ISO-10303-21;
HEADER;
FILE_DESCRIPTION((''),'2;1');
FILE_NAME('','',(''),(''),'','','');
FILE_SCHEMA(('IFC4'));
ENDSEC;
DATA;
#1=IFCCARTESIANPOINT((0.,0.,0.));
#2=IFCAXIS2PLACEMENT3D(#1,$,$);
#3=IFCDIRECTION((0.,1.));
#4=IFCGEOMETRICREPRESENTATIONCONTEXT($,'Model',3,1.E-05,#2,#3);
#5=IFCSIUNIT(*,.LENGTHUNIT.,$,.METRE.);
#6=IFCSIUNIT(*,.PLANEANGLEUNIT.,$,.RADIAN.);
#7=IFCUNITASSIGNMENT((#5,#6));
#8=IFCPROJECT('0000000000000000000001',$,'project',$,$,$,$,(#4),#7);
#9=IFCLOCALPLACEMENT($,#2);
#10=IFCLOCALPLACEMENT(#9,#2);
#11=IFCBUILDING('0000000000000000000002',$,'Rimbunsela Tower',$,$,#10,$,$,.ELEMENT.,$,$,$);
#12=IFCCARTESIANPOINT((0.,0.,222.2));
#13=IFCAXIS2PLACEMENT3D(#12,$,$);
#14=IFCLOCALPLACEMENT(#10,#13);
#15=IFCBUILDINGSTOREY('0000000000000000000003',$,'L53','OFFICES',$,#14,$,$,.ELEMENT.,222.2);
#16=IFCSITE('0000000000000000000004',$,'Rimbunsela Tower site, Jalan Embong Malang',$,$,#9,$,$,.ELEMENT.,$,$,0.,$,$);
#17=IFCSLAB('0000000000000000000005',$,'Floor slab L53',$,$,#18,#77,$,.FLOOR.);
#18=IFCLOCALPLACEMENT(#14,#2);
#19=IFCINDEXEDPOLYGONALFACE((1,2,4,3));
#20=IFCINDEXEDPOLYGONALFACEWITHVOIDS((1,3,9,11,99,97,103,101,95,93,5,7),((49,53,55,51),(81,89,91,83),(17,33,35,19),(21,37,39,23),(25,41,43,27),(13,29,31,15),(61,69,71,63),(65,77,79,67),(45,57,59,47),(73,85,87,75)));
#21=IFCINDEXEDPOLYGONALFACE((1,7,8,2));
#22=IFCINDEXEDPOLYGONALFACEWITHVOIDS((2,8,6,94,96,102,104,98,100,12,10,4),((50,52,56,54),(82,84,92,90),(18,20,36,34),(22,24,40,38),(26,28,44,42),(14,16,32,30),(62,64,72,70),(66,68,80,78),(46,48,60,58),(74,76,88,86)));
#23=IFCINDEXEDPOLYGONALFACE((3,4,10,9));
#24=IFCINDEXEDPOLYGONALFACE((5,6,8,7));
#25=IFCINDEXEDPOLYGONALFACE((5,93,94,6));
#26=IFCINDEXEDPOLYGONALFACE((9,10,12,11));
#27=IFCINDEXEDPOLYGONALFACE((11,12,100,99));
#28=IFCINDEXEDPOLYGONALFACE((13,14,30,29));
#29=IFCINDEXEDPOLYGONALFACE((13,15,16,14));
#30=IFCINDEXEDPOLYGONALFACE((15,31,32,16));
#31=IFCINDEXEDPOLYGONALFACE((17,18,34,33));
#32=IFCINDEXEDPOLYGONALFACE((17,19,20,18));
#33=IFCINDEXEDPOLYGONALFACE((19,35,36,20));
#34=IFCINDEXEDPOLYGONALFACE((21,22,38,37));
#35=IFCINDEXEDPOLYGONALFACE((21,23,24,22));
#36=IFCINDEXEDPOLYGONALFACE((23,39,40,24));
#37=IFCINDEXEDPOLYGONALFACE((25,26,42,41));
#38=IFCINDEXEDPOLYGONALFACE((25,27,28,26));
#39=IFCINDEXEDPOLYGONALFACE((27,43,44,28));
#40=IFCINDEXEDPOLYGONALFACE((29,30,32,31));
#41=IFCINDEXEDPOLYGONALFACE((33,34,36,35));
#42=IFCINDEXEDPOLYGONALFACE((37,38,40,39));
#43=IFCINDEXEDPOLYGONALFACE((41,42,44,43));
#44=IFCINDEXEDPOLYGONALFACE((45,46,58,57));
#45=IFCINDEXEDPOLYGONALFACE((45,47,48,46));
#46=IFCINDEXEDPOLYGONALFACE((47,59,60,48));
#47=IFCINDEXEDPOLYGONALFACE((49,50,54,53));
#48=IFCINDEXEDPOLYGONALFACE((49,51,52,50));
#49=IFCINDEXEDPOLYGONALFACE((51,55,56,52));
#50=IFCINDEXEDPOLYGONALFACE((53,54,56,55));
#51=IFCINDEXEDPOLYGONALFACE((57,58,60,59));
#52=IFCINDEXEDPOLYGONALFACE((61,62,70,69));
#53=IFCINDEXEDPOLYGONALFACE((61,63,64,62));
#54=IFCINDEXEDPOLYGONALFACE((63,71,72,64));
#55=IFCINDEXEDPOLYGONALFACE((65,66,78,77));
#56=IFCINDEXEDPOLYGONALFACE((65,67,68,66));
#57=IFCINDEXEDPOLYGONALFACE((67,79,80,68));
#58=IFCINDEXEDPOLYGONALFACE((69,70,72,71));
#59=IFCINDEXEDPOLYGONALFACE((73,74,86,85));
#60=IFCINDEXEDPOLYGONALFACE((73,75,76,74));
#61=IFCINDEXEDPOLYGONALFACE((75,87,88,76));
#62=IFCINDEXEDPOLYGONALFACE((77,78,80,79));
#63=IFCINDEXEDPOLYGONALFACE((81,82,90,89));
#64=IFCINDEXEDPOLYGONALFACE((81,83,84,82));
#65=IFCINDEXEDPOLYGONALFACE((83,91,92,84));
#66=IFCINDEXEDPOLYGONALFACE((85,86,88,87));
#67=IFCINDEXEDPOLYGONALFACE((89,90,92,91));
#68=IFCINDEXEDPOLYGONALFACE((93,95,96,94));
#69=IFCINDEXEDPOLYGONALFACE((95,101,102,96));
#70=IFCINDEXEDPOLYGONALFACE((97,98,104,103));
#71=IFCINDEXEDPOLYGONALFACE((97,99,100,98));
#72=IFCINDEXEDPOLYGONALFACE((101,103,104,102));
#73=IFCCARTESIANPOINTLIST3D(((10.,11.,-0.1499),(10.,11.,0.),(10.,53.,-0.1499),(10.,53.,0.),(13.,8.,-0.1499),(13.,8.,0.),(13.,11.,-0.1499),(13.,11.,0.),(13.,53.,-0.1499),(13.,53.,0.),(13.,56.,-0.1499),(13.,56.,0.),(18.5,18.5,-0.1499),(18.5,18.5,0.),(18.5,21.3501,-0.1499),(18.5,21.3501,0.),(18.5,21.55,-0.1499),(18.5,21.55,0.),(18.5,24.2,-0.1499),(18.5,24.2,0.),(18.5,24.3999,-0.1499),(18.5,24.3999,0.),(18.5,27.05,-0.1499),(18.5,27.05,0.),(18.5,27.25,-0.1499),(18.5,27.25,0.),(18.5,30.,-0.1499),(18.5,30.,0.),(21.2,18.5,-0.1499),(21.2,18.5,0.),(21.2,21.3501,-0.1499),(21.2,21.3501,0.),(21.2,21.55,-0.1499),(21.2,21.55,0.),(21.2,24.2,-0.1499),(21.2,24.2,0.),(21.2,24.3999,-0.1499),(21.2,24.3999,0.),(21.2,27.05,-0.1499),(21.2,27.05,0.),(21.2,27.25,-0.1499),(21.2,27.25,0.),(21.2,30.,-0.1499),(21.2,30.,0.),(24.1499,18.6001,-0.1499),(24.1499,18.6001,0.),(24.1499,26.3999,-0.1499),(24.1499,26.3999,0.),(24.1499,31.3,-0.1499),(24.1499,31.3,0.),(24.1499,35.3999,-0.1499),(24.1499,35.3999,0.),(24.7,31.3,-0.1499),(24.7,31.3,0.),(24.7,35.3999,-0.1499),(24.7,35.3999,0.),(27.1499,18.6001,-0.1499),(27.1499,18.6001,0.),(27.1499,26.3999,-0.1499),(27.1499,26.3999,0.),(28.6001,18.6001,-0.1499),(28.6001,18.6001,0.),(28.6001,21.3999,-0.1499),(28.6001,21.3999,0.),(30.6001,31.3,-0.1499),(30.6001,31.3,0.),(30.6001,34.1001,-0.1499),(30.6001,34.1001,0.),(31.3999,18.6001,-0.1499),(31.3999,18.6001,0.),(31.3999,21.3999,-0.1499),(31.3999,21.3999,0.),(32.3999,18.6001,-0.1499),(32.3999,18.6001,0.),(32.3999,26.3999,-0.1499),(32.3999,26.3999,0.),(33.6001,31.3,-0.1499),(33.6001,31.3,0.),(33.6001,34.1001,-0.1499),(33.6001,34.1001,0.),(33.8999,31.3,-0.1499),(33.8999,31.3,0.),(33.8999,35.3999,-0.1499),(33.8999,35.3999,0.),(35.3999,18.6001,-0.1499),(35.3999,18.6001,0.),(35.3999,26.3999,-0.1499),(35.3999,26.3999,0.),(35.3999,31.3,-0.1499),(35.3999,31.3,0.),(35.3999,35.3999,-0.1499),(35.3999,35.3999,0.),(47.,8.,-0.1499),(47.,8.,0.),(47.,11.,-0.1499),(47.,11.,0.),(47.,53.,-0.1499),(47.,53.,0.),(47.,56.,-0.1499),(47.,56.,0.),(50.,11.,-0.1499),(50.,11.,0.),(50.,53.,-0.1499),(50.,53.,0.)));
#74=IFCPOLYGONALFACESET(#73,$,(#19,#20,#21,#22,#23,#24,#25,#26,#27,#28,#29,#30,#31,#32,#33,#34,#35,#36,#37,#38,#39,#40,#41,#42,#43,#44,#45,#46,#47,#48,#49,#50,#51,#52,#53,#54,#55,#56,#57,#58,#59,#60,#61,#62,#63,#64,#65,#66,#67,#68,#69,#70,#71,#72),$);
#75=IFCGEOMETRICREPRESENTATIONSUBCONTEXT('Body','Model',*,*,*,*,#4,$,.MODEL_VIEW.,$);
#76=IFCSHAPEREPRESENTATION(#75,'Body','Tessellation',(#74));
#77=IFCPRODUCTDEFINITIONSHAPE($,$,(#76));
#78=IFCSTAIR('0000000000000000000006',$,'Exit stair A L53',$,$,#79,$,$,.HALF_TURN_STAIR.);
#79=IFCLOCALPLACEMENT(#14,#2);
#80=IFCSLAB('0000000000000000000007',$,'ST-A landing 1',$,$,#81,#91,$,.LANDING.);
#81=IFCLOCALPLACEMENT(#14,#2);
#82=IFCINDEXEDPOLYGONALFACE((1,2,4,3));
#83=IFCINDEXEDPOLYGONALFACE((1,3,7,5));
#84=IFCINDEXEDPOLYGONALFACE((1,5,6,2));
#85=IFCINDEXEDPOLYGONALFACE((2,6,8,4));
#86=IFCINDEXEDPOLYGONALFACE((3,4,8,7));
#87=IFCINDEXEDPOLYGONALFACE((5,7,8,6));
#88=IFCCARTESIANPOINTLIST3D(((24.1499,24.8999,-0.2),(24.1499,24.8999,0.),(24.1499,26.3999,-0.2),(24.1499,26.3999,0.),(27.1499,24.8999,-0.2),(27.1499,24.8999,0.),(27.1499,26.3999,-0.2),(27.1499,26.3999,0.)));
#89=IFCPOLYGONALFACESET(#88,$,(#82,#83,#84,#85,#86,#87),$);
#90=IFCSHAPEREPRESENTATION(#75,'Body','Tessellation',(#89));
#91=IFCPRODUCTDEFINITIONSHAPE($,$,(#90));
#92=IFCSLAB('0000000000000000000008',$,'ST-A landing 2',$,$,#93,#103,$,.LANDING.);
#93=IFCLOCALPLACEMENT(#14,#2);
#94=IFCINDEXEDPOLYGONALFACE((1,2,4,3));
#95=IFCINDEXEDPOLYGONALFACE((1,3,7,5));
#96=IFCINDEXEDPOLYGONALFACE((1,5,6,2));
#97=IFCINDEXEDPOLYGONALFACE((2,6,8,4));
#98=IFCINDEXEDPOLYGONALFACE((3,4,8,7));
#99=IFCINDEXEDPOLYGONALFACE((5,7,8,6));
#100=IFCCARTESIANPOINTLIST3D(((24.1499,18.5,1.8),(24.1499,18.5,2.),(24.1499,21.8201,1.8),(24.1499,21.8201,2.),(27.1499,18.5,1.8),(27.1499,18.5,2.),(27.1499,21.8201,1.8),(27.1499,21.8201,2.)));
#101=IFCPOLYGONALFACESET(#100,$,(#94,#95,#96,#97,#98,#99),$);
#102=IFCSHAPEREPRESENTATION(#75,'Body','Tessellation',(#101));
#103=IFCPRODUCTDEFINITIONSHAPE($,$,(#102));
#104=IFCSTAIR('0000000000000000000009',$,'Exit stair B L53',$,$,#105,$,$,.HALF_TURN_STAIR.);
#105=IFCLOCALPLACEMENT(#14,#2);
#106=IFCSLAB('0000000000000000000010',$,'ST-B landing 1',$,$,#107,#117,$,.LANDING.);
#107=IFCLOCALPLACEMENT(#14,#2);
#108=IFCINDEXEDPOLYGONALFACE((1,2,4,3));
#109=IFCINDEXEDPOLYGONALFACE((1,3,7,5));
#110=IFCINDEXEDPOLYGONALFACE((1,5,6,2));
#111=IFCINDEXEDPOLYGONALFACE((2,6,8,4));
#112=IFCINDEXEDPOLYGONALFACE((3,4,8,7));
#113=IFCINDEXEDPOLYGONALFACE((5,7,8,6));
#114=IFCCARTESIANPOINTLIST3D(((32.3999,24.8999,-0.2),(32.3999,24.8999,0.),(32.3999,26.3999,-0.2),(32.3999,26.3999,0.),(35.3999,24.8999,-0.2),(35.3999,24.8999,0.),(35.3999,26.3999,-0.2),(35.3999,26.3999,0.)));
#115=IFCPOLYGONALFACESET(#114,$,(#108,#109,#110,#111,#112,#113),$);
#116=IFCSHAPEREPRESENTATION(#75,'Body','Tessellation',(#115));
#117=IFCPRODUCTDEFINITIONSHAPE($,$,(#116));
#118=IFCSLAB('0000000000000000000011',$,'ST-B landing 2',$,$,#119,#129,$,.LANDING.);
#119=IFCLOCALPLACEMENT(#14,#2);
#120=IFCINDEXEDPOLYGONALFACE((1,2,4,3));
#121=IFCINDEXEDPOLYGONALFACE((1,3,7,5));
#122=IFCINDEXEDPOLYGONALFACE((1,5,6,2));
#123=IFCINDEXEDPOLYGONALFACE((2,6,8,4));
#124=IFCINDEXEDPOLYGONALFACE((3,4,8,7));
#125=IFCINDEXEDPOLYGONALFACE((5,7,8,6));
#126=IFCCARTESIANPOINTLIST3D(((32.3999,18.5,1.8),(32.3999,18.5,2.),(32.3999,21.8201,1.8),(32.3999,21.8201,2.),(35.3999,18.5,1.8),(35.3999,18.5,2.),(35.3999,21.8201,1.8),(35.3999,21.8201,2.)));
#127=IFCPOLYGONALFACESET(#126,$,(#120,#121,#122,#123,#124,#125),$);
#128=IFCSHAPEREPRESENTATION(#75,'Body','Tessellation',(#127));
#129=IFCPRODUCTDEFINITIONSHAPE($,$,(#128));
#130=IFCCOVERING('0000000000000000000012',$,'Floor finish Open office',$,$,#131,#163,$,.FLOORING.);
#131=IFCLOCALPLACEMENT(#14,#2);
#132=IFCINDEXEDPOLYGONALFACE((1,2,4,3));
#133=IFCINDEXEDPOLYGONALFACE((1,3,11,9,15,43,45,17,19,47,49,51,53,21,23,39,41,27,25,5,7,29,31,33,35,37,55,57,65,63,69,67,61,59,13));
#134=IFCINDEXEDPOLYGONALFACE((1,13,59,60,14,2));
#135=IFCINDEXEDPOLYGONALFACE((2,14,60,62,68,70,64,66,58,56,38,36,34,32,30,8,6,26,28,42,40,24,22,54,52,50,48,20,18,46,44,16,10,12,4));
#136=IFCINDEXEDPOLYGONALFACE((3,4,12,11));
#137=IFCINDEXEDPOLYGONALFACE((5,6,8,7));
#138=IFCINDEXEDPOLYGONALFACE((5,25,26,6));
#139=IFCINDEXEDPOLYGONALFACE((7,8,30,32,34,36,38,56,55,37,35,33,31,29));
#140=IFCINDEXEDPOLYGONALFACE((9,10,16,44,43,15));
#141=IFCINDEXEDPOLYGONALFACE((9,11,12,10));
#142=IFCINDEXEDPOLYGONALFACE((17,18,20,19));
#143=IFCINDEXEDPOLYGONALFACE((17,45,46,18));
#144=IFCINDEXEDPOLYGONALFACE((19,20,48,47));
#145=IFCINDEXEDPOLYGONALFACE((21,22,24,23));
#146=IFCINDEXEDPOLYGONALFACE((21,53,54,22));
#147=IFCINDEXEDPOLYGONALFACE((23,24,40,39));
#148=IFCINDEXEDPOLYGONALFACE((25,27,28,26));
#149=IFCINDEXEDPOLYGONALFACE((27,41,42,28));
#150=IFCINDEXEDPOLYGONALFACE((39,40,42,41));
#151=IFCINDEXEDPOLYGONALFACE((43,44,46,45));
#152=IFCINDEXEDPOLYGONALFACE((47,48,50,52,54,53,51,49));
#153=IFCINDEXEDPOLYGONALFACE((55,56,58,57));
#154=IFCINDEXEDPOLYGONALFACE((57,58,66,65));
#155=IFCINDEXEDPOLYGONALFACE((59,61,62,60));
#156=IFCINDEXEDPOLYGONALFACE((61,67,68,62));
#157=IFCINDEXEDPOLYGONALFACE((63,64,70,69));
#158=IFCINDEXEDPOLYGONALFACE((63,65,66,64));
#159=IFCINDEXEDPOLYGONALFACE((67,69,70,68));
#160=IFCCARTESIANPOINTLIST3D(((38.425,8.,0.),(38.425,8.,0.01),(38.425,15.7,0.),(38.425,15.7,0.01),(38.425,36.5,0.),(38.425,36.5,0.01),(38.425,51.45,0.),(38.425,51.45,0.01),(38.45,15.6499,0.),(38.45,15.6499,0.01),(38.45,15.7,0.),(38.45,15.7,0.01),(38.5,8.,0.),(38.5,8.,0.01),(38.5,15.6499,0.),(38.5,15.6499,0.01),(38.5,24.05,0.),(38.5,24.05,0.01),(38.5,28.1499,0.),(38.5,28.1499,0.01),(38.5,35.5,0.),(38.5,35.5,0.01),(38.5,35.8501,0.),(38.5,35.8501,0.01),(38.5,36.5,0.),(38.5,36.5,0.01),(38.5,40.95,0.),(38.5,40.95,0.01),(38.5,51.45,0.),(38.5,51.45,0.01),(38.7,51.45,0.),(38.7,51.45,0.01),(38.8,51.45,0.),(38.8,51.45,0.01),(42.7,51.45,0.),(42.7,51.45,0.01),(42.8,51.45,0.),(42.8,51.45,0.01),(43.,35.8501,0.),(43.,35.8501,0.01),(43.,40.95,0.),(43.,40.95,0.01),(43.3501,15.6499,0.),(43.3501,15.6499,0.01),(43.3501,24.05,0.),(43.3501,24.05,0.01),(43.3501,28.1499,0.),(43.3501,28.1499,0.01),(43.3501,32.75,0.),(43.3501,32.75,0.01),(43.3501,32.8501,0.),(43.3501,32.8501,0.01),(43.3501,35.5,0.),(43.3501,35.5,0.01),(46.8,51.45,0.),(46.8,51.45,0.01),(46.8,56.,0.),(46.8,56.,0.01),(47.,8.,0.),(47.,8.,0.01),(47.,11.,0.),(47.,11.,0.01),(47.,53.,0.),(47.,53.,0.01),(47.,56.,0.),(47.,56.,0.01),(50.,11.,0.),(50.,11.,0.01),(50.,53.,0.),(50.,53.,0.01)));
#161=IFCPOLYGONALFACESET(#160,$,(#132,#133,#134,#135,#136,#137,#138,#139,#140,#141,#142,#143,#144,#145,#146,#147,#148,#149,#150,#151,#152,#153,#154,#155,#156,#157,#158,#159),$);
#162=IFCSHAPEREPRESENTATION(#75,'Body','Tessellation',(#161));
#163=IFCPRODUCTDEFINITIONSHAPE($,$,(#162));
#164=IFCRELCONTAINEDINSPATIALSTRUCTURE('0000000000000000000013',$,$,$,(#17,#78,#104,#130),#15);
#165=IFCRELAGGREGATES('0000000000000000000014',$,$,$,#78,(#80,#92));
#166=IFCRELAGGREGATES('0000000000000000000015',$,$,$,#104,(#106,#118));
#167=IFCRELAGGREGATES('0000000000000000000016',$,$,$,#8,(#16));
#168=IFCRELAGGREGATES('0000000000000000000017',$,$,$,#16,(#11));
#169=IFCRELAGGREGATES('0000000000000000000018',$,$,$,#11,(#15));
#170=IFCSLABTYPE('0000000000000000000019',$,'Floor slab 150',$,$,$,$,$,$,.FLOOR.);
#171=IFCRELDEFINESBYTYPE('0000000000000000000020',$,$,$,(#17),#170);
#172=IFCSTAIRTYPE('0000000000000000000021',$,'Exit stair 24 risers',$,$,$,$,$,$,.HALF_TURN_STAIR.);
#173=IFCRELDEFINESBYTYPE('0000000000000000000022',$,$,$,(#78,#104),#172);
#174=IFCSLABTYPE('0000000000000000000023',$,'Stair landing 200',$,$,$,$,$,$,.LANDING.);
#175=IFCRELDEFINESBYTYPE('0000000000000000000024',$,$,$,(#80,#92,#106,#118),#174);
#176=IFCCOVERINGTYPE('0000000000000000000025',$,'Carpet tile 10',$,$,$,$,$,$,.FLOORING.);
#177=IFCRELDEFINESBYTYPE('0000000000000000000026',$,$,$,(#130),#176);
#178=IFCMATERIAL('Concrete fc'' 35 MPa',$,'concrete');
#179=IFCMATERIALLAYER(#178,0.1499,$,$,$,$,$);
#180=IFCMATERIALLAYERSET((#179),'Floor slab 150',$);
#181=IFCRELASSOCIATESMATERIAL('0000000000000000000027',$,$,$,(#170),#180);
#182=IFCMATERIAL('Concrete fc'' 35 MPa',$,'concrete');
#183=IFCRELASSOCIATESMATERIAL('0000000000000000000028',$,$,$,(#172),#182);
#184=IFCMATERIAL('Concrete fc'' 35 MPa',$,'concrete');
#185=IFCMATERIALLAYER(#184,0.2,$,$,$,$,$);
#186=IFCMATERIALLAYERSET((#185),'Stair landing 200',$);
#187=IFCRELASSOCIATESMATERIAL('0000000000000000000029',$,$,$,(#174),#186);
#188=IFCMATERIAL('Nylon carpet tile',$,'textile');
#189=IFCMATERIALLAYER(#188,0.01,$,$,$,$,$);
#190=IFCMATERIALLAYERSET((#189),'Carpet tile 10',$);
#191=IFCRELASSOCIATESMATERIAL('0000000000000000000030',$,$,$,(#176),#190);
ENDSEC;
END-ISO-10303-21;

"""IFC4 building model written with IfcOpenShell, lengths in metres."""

from ifc_helpers import new_model, si_unit, direction, frame, origin, place, context, subcontext, project, spatial, polyline, outline, extrude, material, layer, layer_set, type_object, element, aggregate, save


model = new_model("IFC4")

# Units and contexts
model_context = context("Model", 3, precision=1e-05, world=origin(), true_north=direction((0.0, 1.0)))
body_context = subcontext(model_context, "Body", "Model", "MODEL_VIEW")
ifc_project = project(units=[si_unit("LENGTHUNIT", "METRE"), si_unit("PLANEANGLEUNIT", "RADIAN")], contexts=[model_context])

# Site, building, storey
site_placement = place(None, origin())
site = spatial("IfcSite", under=ifc_project, at=site_placement, Name="Rimbunsela Tower site, Jalan Embong Malang", CompositionType="ELEMENT", RefElevation=0.0)
building_placement = place(site_placement, origin())
building = spatial("IfcBuilding", under=site, at=building_placement, Name="Rimbunsela Tower", CompositionType="ELEMENT")
storey_placement = place(building_placement, frame((0.0, 0.0, 222.2)))
storey = spatial("IfcBuildingStorey", under=building, at=storey_placement, Name="L53", Description="OFFICES", CompositionType="ELEMENT", Elevation=222.2)

# Slab
ifc_material_1 = material(Name="Concrete fc' 35 MPa", Category="concrete")
ifc_layer_1 = layer(ifc_material_1, 0.1499)
ifc_layer_set_1 = layer_set([ifc_layer_1], Name="Floor slab 150")
slab_type_1 = type_object("IfcSlabType", Name="Floor slab 150", PredefinedType="FLOOR", material=ifc_layer_set_1)
slab_1_placement = place(storey_placement, frame((0.0, 0.0, -0.1499)))
element("IfcSlab", 1, at=slab_1_placement, inside=storey, type_object=slab_type_1, Name="Floor slab L53", PredefinedType="FLOOR", context=body_context, shape_type="SweptSolid", body=[
    extrude(outline(polyline([(13.0, 8.0), (47.0, 8.0), (47.0, 11.0), (50.0, 11.0), (50.0, 53.0), (47.0, 53.0), (47.0, 56.0), (13.0, 56.0), (13.0, 53.0), (10.0, 53.0), (10.0, 11.0), (13.0, 11.0), (13.0, 8.0)]), holes=[polyline([(21.2, 21.3501), (18.5, 21.3501), (18.5, 18.5), (21.2, 18.5), (21.2, 21.3501)]), polyline([(21.2, 21.55), (21.2, 24.2), (18.5, 24.2), (18.5, 21.55), (21.2, 21.55)]), polyline([(21.2, 27.05), (18.5, 27.05), (18.5, 24.3999), (21.2, 24.3999), (21.2, 27.05)]), polyline([(21.2, 30.0), (18.5, 30.0), (18.5, 27.25), (21.2, 27.25), (21.2, 30.0)]), polyline([(27.1499, 26.3999), (24.1499, 26.3999), (24.1499, 18.6001), (27.1499, 18.6001), (27.1499, 26.3999)]), polyline([(24.7, 31.3), (24.7, 35.3999), (24.1499, 35.3999), (24.1499, 31.3), (24.7, 31.3)]), polyline([(31.3999, 21.3999), (28.6001, 21.3999), (28.6001, 18.6001), (31.3999, 18.6001), (31.3999, 21.3999)]), polyline([(33.6001, 34.1001), (30.6001, 34.1001), (30.6001, 31.3), (33.6001, 31.3), (33.6001, 34.1001)]), polyline([(35.3999, 18.6001), (35.3999, 26.3999), (32.3999, 26.3999), (32.3999, 18.6001), (35.3999, 18.6001)]), polyline([(35.3999, 31.3), (35.3999, 35.3999), (33.8999, 35.3999), (33.8999, 31.3), (35.3999, 31.3)])]), origin(), (0.0, 0.0, 1.0), 0.1499),
])

# Stairs, slabs
ifc_material_2 = material(Name="Concrete fc' 35 MPa", Category="concrete")
stair_type = type_object("IfcStairType", Name="Exit stair 24 risers", PredefinedType="HALF_TURN_STAIR", material=ifc_material_2)
stair_1_placement = place(storey_placement, origin())
stair_1 = element("IfcStair", 2, at=stair_1_placement, inside=storey, type_object=stair_type, Name="Exit stair A L53", PredefinedType="HALF_TURN_STAIR")
ifc_material_3 = material(Name="Concrete fc' 35 MPa", Category="concrete")
ifc_layer_2 = layer(ifc_material_3, 0.2)
ifc_layer_set_2 = layer_set([ifc_layer_2], Name="Stair landing 200")
slab_type_2 = type_object("IfcSlabType", Name="Stair landing 200", PredefinedType="LANDING", material=ifc_layer_set_2)
slab_2_placement = place(storey_placement, frame((0.0, 0.0, -0.2)))
slab_2 = element("IfcSlab", 3, at=slab_2_placement, type_object=slab_type_2, Name="ST-A landing 1", PredefinedType="LANDING", context=body_context, shape_type="SweptSolid", body=[
    extrude(outline(polyline([(24.1499, 24.8999), (27.1499, 24.8999), (27.1499, 26.3999), (24.1499, 26.3999), (24.1499, 24.8999)])), origin(), (0.0, 0.0, 1.0), 0.2),
])
slab_3_placement = place(storey_placement, frame((0.0, 0.0, 1.8)))
slab_3 = element("IfcSlab", 4, at=slab_3_placement, type_object=slab_type_2, Name="ST-A landing 2", PredefinedType="LANDING", context=body_context, shape_type="SweptSolid", body=[
    extrude(outline(polyline([(24.1499, 18.5), (27.1499, 18.5), (27.1499, 21.8201), (24.1499, 21.8201), (24.1499, 18.5)])), origin(), (0.0, 0.0, 1.0), 0.2),
])
aggregate(stair_1, [slab_2, slab_3])
stair_2_placement = place(storey_placement, origin())
stair_2 = element("IfcStair", 5, at=stair_2_placement, inside=storey, type_object=stair_type, Name="Exit stair B L53", PredefinedType="HALF_TURN_STAIR")
slab_4_placement = place(storey_placement, frame((0.0, 0.0, -0.2)))
slab_4 = element("IfcSlab", 6, at=slab_4_placement, type_object=slab_type_2, Name="ST-B landing 1", PredefinedType="LANDING", context=body_context, shape_type="SweptSolid", body=[
    extrude(outline(polyline([(32.3999, 24.8999), (35.3999, 24.8999), (35.3999, 26.3999), (32.3999, 26.3999), (32.3999, 24.8999)])), origin(), (0.0, 0.0, 1.0), 0.2),
])
slab_5_placement = place(storey_placement, frame((0.0, 0.0, 1.8)))
slab_5 = element("IfcSlab", 7, at=slab_5_placement, type_object=slab_type_2, Name="ST-B landing 2", PredefinedType="LANDING", context=body_context, shape_type="SweptSolid", body=[
    extrude(outline(polyline([(32.3999, 18.5), (35.3999, 18.5), (35.3999, 21.8201), (32.3999, 21.8201), (32.3999, 18.5)])), origin(), (0.0, 0.0, 1.0), 0.2),
])
aggregate(stair_2, [slab_4, slab_5])

# Covering
ifc_material_4 = material(Name="Nylon carpet tile", Category="textile")
ifc_layer_3 = layer(ifc_material_4, 0.01)
ifc_layer_set_3 = layer_set([ifc_layer_3], Name="Carpet tile 10")
covering_type_1 = type_object("IfcCoveringType", Name="Carpet tile 10", PredefinedType="FLOORING", material=ifc_layer_set_3)
covering_1_placement = place(storey_placement, origin())
element("IfcCovering", 8, at=covering_1_placement, inside=storey, type_object=covering_type_1, Name="Floor finish Open office", PredefinedType="FLOORING", context=body_context, shape_type="SweptSolid", body=[
    extrude(outline(polyline([(38.425, 51.45), (38.5, 51.45), (38.7, 51.45), (38.8, 51.45), (42.7, 51.45), (42.8, 51.45), (46.8, 51.45), (46.8, 56.0), (47.0, 56.0), (47.0, 53.0), (50.0, 53.0), (50.0, 11.0), (47.0, 11.0), (47.0, 8.0), (38.5, 8.0), (38.425, 8.0), (38.425, 15.7), (38.45, 15.7), (38.45, 15.6499), (38.5, 15.6499), (43.3501, 15.6499), (43.3501, 24.05), (38.5, 24.05), (38.5, 28.1499), (43.3501, 28.1499), (43.3501, 32.75), (43.3501, 32.8501), (43.3501, 35.5), (38.5, 35.5), (38.5, 35.8501), (43.0, 35.8501), (43.0, 40.95), (38.5, 40.95), (38.5, 36.5), (38.425, 36.5), (38.425, 51.45)])), origin(), (0.0, 0.0, 1.0), 0.01),
])

save(model, "model.ifc")
